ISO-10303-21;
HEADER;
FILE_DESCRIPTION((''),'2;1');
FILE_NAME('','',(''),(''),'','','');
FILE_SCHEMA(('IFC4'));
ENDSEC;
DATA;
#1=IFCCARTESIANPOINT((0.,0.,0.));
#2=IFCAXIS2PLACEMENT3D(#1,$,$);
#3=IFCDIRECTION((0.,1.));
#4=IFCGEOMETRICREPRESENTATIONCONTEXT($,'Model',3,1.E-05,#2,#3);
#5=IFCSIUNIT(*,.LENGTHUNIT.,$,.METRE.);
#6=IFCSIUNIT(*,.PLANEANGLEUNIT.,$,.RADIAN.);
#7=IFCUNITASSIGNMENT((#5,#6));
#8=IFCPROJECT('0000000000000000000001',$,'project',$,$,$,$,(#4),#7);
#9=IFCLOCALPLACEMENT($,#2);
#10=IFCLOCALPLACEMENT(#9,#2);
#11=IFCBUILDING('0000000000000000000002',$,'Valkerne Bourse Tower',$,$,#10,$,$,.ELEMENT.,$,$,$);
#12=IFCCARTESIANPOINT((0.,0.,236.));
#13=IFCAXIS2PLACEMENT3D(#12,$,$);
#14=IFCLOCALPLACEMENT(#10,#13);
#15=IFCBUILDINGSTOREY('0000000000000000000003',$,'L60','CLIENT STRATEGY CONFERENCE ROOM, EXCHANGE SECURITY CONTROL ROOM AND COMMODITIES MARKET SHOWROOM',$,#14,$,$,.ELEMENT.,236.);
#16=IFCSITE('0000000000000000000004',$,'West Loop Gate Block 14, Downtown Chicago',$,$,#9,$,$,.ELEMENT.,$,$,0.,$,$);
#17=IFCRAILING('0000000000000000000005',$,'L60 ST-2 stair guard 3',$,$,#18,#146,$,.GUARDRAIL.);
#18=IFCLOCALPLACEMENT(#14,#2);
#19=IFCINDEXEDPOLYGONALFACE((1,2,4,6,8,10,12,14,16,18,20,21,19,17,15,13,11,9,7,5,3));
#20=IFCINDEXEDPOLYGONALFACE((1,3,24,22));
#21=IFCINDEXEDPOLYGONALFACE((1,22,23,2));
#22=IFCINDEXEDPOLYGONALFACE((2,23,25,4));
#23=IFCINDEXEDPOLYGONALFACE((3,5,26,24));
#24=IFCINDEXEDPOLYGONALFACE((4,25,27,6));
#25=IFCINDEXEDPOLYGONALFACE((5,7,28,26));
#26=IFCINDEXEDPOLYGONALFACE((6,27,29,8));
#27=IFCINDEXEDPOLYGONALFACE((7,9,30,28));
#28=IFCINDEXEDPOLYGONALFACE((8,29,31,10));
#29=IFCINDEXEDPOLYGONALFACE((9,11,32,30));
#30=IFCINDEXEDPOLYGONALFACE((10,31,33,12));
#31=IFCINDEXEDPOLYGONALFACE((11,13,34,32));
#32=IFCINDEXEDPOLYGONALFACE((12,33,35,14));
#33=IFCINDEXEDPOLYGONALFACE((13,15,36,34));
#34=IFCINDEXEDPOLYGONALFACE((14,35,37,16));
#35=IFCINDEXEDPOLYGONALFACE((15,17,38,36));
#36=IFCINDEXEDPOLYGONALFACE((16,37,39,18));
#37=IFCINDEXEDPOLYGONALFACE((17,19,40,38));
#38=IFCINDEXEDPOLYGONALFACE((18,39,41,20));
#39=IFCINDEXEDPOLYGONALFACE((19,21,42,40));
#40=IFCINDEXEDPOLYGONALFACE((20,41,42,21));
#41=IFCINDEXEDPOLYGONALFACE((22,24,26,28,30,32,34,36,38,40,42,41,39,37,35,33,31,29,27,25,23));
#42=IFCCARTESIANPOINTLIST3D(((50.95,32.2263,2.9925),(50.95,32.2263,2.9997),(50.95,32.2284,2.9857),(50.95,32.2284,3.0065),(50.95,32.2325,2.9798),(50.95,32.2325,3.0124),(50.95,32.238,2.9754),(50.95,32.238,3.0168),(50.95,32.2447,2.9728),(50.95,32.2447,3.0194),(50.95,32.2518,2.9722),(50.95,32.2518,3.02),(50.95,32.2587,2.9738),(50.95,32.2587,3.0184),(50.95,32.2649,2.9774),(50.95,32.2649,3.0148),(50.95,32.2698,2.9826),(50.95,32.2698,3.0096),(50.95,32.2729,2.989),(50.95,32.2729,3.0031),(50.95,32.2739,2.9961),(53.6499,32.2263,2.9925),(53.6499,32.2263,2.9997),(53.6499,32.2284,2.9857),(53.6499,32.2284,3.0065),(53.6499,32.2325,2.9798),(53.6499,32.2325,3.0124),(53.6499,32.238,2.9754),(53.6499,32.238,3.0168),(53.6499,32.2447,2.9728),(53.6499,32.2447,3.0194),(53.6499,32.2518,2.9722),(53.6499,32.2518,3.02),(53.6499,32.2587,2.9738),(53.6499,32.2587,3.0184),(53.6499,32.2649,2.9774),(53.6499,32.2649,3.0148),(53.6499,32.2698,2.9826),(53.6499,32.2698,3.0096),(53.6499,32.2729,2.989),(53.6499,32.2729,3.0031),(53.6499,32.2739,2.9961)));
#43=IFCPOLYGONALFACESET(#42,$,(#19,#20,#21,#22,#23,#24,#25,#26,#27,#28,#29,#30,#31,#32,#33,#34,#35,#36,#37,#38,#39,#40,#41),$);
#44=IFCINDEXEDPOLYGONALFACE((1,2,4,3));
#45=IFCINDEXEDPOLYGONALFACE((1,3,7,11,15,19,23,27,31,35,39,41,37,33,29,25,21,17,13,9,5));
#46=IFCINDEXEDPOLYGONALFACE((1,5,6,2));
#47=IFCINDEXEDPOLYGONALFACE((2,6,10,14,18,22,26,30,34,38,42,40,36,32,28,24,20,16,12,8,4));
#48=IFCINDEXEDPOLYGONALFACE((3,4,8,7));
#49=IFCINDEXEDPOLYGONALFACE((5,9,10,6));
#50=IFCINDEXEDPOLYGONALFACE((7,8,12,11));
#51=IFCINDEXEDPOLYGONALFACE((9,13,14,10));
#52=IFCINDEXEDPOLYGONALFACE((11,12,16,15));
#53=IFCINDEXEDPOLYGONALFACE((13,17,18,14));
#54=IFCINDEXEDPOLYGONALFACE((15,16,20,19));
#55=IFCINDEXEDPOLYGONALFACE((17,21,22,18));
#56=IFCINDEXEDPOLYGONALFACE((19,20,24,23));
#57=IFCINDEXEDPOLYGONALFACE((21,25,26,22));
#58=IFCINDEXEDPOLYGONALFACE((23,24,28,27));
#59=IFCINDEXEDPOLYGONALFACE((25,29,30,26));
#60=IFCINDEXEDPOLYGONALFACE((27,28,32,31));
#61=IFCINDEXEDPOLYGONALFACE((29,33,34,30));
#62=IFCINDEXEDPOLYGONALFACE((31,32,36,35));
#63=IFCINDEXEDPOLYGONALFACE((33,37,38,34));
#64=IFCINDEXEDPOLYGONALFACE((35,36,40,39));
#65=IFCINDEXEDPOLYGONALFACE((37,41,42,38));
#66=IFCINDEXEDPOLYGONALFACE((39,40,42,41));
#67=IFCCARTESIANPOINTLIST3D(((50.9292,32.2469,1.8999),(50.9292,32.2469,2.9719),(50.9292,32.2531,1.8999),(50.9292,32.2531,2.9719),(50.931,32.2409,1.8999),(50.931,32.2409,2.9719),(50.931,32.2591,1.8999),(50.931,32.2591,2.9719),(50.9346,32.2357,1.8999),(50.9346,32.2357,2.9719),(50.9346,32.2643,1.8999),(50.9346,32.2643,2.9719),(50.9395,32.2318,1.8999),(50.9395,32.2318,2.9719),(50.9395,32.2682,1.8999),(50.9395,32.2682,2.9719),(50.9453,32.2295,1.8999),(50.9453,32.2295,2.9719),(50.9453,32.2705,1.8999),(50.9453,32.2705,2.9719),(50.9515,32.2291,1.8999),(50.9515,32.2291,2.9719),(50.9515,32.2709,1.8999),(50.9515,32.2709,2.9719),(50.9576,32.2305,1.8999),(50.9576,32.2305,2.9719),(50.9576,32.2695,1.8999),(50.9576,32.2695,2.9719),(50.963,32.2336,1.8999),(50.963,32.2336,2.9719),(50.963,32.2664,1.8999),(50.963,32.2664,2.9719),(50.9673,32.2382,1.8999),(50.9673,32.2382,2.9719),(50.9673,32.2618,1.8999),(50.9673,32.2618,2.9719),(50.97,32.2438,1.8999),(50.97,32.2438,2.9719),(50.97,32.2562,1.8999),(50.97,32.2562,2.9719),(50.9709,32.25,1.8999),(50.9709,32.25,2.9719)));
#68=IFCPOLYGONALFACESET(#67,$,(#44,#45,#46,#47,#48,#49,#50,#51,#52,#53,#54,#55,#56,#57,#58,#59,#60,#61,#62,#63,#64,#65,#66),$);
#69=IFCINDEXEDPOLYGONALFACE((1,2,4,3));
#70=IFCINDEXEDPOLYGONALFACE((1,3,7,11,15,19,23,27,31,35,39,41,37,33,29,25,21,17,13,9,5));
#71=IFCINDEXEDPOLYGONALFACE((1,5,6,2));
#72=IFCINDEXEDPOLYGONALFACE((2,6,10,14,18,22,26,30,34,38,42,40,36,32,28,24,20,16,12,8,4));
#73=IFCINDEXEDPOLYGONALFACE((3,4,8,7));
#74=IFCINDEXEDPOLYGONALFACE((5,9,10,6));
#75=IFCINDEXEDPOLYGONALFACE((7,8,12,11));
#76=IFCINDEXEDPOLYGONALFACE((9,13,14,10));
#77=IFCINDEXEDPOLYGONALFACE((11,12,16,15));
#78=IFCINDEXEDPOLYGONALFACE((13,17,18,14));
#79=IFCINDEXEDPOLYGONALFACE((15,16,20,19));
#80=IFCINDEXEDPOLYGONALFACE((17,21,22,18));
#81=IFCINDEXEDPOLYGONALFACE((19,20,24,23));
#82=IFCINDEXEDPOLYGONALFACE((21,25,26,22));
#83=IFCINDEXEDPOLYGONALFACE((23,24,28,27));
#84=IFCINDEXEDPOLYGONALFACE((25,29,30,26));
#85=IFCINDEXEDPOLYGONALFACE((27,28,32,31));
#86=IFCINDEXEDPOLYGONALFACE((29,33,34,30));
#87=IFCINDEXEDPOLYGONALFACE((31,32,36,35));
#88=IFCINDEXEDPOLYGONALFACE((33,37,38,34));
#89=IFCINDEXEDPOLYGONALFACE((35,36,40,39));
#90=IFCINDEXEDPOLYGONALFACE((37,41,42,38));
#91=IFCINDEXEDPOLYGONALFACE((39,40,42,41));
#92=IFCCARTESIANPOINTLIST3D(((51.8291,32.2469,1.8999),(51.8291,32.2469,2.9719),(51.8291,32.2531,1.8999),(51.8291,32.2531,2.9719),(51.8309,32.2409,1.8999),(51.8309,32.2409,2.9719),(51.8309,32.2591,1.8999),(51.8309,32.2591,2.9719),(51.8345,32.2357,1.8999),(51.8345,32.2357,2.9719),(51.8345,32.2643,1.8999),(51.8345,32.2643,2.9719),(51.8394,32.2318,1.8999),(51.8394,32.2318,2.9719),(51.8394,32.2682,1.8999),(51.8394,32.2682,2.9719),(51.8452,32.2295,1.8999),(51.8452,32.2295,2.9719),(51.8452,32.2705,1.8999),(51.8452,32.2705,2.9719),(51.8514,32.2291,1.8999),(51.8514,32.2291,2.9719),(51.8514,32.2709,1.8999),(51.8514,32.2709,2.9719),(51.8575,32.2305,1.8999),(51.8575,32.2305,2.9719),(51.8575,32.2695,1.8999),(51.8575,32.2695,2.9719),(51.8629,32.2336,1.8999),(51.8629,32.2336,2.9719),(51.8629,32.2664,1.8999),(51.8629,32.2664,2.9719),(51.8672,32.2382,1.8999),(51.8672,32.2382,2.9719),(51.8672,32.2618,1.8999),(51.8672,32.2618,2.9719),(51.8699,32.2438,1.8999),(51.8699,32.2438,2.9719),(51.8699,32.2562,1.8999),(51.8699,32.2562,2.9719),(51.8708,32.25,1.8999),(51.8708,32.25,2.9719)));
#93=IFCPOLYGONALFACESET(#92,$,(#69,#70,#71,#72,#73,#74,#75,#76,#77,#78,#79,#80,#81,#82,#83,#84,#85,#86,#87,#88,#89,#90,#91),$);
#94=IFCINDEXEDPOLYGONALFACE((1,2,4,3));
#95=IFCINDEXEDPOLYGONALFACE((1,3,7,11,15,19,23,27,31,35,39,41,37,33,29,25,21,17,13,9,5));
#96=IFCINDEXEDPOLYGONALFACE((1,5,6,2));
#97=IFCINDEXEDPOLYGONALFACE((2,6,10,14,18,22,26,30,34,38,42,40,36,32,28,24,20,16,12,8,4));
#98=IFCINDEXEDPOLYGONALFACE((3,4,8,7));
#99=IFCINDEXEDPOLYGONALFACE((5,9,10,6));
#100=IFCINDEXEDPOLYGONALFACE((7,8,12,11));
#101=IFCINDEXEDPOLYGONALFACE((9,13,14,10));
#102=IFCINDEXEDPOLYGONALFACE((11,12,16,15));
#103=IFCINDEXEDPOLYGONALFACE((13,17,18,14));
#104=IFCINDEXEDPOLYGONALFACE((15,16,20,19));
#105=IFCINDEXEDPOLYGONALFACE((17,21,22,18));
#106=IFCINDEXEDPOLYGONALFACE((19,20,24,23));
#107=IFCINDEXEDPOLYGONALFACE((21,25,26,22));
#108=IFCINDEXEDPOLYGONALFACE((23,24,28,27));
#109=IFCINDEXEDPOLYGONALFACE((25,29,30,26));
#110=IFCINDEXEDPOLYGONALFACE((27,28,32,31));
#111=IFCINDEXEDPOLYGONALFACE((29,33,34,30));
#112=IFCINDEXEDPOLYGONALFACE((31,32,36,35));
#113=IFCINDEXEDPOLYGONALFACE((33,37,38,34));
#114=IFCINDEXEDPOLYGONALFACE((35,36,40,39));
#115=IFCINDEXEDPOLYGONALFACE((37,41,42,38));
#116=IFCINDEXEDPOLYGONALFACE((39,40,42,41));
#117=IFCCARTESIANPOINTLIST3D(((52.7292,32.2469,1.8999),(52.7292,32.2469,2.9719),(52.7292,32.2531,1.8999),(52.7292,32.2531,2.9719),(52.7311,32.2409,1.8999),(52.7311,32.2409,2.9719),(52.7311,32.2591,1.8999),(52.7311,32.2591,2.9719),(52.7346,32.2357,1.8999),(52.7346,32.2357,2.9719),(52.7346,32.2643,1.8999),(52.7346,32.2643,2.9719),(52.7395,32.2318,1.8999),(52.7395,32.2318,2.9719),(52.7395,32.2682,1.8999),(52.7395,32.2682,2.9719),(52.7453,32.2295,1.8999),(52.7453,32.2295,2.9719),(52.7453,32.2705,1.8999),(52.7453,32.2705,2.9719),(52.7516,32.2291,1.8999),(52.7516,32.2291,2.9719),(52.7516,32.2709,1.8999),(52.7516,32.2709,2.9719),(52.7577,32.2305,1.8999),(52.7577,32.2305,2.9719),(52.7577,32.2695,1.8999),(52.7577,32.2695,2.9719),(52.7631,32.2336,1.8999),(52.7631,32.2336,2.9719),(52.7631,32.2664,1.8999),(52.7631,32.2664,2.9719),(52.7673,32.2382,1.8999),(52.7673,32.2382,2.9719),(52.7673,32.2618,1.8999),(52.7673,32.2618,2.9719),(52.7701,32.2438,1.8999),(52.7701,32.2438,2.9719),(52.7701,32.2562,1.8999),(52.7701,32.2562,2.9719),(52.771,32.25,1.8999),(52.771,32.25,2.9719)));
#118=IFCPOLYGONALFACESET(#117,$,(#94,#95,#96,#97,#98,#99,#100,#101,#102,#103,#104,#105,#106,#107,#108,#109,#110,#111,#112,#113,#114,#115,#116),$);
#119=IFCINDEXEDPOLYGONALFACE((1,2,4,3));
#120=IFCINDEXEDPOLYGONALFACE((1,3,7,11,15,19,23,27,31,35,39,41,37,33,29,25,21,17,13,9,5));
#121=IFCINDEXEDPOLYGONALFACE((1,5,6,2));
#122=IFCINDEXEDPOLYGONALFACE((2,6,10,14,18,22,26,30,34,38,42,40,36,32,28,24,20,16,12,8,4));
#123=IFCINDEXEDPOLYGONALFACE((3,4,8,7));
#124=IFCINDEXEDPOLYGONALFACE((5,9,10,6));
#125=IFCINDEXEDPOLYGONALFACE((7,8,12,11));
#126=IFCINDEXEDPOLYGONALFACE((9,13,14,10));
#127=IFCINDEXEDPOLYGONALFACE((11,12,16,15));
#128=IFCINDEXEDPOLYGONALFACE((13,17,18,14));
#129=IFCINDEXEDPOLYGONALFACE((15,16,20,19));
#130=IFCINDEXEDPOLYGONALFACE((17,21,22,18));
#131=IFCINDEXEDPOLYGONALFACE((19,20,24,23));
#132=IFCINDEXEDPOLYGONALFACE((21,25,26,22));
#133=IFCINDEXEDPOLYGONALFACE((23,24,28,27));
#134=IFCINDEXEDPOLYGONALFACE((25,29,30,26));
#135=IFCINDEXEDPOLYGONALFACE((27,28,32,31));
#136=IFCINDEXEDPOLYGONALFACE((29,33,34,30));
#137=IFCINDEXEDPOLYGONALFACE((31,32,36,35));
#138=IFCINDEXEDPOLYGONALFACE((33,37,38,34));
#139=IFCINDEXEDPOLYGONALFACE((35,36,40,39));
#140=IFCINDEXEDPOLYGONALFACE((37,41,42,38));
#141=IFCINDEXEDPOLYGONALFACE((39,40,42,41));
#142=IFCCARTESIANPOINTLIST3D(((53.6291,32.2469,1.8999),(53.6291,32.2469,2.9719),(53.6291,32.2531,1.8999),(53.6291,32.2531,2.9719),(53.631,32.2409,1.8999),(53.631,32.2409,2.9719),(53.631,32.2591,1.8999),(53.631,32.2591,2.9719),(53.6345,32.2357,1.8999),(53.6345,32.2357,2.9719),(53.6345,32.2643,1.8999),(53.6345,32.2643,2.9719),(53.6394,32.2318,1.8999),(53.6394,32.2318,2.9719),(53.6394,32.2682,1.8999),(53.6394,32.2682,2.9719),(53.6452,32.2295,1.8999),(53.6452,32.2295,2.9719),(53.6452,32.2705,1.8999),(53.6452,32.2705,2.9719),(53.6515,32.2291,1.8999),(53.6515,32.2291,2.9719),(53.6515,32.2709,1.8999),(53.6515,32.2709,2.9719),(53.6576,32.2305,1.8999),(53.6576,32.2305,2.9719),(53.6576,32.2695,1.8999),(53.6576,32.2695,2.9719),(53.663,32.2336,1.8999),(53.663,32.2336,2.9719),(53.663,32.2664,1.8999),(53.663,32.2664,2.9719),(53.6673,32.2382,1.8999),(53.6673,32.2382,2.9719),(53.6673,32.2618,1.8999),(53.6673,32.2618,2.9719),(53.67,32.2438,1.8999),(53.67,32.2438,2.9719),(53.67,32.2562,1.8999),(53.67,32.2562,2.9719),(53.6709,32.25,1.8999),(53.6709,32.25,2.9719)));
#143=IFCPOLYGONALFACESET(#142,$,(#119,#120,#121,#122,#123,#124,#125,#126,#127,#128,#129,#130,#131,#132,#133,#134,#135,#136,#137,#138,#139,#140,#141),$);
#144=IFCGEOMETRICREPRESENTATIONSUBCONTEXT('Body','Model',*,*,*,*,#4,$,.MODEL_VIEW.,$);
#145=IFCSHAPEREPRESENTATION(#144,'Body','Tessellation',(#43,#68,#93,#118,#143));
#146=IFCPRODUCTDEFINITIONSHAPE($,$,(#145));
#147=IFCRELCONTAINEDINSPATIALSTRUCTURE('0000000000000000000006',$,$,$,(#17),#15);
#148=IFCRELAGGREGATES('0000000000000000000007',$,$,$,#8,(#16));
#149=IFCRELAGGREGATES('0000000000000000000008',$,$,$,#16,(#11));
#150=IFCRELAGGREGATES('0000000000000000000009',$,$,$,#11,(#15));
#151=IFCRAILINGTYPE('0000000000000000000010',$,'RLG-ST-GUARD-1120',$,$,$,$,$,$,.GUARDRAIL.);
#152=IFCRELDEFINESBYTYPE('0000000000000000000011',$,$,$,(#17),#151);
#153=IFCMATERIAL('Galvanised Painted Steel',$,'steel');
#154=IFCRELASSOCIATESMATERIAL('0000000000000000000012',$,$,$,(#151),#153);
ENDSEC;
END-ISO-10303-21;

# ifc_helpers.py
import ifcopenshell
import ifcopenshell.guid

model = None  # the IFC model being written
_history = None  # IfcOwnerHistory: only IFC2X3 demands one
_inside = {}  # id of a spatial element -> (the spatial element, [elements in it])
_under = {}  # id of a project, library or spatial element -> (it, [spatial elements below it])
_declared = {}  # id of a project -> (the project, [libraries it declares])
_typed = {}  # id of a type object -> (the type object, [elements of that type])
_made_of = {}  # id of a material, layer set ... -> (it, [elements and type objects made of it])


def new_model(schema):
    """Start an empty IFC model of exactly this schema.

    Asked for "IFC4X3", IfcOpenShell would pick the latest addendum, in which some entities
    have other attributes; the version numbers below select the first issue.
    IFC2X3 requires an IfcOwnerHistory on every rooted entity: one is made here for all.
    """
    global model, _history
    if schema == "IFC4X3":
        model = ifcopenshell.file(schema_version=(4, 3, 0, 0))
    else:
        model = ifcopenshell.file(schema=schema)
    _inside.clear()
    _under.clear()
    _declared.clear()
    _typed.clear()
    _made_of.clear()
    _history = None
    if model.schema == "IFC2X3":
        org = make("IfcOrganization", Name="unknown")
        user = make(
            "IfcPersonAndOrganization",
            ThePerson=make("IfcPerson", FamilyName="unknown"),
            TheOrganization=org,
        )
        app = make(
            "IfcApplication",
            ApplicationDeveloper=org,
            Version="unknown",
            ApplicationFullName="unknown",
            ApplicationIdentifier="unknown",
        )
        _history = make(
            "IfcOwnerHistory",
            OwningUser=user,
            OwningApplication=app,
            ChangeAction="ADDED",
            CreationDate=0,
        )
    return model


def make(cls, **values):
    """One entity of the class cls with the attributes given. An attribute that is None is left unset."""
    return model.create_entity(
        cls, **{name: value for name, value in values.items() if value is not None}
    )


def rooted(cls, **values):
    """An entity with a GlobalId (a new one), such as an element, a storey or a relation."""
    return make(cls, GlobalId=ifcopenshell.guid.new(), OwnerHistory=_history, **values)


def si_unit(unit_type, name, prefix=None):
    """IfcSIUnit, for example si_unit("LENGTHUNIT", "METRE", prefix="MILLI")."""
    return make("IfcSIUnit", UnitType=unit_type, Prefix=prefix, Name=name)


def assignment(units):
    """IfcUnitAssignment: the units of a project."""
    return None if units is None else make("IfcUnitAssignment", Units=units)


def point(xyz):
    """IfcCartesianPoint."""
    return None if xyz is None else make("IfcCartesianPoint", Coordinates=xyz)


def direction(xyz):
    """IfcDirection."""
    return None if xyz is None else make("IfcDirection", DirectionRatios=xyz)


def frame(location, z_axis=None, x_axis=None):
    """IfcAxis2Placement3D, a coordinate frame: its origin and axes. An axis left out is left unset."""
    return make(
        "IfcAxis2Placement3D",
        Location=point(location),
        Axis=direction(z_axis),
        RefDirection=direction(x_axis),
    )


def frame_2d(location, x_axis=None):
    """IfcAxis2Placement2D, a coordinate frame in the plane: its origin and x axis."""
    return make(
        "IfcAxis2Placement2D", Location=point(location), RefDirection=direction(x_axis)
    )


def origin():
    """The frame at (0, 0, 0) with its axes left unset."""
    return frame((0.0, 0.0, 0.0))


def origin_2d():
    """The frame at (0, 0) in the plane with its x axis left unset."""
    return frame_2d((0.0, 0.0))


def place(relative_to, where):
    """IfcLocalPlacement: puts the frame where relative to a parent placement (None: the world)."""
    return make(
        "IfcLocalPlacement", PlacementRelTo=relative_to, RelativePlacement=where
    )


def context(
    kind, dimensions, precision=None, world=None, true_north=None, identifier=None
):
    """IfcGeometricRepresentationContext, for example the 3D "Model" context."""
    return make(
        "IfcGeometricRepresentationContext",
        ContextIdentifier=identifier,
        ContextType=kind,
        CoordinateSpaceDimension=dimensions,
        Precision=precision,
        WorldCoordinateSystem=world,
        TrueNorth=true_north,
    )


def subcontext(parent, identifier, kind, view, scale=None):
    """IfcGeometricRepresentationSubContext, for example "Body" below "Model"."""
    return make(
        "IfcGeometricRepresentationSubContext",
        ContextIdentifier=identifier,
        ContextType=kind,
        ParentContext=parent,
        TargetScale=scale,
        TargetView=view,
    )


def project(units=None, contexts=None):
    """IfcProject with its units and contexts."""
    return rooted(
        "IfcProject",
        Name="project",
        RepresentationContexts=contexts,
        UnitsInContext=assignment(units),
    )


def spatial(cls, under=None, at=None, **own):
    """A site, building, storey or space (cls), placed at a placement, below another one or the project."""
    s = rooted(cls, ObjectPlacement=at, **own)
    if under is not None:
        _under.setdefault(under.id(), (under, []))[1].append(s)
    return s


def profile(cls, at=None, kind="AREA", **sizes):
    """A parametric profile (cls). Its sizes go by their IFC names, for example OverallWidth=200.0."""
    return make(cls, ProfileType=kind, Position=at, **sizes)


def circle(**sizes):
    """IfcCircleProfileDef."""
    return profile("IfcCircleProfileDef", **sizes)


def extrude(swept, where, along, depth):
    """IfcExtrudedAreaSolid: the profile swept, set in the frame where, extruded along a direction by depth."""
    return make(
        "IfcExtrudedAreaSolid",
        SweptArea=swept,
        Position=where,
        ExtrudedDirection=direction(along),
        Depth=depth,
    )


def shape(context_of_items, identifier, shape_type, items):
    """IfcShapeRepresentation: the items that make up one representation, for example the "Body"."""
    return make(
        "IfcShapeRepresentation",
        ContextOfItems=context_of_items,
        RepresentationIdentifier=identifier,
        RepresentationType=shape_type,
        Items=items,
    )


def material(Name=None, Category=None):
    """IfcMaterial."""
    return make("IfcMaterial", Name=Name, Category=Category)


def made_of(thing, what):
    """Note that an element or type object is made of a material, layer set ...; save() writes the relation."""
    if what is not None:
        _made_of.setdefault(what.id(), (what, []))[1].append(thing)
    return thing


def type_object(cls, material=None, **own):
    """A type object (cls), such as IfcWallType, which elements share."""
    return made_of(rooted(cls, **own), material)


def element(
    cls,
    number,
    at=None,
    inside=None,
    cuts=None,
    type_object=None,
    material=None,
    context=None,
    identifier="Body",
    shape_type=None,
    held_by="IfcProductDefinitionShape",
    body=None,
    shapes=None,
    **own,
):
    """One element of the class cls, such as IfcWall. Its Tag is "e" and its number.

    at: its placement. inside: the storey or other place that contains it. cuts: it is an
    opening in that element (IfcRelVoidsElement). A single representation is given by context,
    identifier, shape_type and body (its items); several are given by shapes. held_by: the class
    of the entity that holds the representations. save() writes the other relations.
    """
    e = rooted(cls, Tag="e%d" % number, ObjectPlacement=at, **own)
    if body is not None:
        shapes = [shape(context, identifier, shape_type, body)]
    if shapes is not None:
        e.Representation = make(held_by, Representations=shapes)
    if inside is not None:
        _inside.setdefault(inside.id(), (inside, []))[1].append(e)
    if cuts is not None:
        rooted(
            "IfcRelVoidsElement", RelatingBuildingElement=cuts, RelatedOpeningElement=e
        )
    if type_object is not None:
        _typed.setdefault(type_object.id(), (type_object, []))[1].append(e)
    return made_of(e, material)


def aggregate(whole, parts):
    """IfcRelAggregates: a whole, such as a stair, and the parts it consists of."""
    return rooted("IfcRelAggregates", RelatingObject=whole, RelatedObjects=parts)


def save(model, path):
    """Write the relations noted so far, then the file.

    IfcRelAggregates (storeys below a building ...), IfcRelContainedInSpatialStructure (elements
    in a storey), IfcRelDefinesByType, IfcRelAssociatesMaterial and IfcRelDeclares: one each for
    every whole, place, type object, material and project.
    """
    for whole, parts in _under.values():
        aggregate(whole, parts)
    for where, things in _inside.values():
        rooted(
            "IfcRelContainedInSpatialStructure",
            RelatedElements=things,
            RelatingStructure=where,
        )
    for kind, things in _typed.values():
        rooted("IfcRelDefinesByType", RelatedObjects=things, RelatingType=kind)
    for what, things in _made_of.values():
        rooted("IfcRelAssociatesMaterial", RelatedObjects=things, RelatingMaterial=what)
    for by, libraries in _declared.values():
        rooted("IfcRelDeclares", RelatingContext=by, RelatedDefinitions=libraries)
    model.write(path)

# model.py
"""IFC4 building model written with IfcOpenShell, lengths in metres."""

from ifc_helpers import new_model, si_unit, direction, frame, origin, origin_2d, place, context, subcontext, project, spatial, circle, extrude, material, type_object, element, save


model = new_model("IFC4")

# Units and contexts
model_context = context("Model", 3, precision=1e-05, world=origin(), true_north=direction((0.0, 1.0)))
body_context = subcontext(model_context, "Body", "Model", "MODEL_VIEW")
ifc_project = project(units=[si_unit("LENGTHUNIT", "METRE"), si_unit("PLANEANGLEUNIT", "RADIAN")], contexts=[model_context])

# Site, building, storey
site_placement = place(None, origin())
site = spatial("IfcSite", under=ifc_project, at=site_placement, Name="West Loop Gate Block 14, Downtown Chicago", CompositionType="ELEMENT", RefElevation=0.0)
building_placement = place(site_placement, origin())
building = spatial("IfcBuilding", under=site, at=building_placement, Name="Valkerne Bourse Tower", CompositionType="ELEMENT")
storey_placement = place(building_placement, frame((0.0, 0.0, 236.0)))
storey = spatial("IfcBuildingStorey", under=building, at=storey_placement, Name="L60", Description="CLIENT STRATEGY CONFERENCE ROOM, EXCHANGE SECURITY CONTROL ROOM AND COMMODITIES MARKET SHOWROOM", CompositionType="ELEMENT", Elevation=236.0)

# Shared definitions
ifc_material_1 = material(Name="Galvanised Painted Steel", Category="steel")

# Railing
railing_type_1 = type_object("IfcRailingType", Name="RLG-ST-GUARD-1120", PredefinedType="GUARDRAIL", material=ifc_material_1)
railing_1_placement = place(storey_placement, frame((50.95, 32.25, 1.8999)))
element("IfcRailing", 1, at=railing_1_placement, inside=storey, type_object=railing_type_1, Name="L60 ST-2 stair guard 3", PredefinedType="GUARDRAIL", context=body_context, shape_type="SweptSolid", body=[
    extrude(circle(Radius=0.0239, at=origin_2d()), frame((0.0, 0.0, 1.0962), z_axis=(1.0, 0.0, 0.0), x_axis=(0.0, 1.0, 0.0)), (0.0, 0.0, 1.0), 2.7),
    extrude(circle(Radius=0.021, at=origin_2d()), origin(), (0.0, 0.0, 1.0), 1.072),
    extrude(circle(Radius=0.021, at=origin_2d()), frame((0.8999, 0.0, 0.0)), (0.0, 0.0, 1.0), 1.072),
    extrude(circle(Radius=0.021, at=origin_2d()), frame((1.8, 0.0, 0.0)), (0.0, 0.0, 1.0), 1.072),
    extrude(circle(Radius=0.021, at=origin_2d()), frame((2.7, 0.0, 0.0)), (0.0, 0.0, 1.0), 1.072),
])

save(model, "model.ifc")
